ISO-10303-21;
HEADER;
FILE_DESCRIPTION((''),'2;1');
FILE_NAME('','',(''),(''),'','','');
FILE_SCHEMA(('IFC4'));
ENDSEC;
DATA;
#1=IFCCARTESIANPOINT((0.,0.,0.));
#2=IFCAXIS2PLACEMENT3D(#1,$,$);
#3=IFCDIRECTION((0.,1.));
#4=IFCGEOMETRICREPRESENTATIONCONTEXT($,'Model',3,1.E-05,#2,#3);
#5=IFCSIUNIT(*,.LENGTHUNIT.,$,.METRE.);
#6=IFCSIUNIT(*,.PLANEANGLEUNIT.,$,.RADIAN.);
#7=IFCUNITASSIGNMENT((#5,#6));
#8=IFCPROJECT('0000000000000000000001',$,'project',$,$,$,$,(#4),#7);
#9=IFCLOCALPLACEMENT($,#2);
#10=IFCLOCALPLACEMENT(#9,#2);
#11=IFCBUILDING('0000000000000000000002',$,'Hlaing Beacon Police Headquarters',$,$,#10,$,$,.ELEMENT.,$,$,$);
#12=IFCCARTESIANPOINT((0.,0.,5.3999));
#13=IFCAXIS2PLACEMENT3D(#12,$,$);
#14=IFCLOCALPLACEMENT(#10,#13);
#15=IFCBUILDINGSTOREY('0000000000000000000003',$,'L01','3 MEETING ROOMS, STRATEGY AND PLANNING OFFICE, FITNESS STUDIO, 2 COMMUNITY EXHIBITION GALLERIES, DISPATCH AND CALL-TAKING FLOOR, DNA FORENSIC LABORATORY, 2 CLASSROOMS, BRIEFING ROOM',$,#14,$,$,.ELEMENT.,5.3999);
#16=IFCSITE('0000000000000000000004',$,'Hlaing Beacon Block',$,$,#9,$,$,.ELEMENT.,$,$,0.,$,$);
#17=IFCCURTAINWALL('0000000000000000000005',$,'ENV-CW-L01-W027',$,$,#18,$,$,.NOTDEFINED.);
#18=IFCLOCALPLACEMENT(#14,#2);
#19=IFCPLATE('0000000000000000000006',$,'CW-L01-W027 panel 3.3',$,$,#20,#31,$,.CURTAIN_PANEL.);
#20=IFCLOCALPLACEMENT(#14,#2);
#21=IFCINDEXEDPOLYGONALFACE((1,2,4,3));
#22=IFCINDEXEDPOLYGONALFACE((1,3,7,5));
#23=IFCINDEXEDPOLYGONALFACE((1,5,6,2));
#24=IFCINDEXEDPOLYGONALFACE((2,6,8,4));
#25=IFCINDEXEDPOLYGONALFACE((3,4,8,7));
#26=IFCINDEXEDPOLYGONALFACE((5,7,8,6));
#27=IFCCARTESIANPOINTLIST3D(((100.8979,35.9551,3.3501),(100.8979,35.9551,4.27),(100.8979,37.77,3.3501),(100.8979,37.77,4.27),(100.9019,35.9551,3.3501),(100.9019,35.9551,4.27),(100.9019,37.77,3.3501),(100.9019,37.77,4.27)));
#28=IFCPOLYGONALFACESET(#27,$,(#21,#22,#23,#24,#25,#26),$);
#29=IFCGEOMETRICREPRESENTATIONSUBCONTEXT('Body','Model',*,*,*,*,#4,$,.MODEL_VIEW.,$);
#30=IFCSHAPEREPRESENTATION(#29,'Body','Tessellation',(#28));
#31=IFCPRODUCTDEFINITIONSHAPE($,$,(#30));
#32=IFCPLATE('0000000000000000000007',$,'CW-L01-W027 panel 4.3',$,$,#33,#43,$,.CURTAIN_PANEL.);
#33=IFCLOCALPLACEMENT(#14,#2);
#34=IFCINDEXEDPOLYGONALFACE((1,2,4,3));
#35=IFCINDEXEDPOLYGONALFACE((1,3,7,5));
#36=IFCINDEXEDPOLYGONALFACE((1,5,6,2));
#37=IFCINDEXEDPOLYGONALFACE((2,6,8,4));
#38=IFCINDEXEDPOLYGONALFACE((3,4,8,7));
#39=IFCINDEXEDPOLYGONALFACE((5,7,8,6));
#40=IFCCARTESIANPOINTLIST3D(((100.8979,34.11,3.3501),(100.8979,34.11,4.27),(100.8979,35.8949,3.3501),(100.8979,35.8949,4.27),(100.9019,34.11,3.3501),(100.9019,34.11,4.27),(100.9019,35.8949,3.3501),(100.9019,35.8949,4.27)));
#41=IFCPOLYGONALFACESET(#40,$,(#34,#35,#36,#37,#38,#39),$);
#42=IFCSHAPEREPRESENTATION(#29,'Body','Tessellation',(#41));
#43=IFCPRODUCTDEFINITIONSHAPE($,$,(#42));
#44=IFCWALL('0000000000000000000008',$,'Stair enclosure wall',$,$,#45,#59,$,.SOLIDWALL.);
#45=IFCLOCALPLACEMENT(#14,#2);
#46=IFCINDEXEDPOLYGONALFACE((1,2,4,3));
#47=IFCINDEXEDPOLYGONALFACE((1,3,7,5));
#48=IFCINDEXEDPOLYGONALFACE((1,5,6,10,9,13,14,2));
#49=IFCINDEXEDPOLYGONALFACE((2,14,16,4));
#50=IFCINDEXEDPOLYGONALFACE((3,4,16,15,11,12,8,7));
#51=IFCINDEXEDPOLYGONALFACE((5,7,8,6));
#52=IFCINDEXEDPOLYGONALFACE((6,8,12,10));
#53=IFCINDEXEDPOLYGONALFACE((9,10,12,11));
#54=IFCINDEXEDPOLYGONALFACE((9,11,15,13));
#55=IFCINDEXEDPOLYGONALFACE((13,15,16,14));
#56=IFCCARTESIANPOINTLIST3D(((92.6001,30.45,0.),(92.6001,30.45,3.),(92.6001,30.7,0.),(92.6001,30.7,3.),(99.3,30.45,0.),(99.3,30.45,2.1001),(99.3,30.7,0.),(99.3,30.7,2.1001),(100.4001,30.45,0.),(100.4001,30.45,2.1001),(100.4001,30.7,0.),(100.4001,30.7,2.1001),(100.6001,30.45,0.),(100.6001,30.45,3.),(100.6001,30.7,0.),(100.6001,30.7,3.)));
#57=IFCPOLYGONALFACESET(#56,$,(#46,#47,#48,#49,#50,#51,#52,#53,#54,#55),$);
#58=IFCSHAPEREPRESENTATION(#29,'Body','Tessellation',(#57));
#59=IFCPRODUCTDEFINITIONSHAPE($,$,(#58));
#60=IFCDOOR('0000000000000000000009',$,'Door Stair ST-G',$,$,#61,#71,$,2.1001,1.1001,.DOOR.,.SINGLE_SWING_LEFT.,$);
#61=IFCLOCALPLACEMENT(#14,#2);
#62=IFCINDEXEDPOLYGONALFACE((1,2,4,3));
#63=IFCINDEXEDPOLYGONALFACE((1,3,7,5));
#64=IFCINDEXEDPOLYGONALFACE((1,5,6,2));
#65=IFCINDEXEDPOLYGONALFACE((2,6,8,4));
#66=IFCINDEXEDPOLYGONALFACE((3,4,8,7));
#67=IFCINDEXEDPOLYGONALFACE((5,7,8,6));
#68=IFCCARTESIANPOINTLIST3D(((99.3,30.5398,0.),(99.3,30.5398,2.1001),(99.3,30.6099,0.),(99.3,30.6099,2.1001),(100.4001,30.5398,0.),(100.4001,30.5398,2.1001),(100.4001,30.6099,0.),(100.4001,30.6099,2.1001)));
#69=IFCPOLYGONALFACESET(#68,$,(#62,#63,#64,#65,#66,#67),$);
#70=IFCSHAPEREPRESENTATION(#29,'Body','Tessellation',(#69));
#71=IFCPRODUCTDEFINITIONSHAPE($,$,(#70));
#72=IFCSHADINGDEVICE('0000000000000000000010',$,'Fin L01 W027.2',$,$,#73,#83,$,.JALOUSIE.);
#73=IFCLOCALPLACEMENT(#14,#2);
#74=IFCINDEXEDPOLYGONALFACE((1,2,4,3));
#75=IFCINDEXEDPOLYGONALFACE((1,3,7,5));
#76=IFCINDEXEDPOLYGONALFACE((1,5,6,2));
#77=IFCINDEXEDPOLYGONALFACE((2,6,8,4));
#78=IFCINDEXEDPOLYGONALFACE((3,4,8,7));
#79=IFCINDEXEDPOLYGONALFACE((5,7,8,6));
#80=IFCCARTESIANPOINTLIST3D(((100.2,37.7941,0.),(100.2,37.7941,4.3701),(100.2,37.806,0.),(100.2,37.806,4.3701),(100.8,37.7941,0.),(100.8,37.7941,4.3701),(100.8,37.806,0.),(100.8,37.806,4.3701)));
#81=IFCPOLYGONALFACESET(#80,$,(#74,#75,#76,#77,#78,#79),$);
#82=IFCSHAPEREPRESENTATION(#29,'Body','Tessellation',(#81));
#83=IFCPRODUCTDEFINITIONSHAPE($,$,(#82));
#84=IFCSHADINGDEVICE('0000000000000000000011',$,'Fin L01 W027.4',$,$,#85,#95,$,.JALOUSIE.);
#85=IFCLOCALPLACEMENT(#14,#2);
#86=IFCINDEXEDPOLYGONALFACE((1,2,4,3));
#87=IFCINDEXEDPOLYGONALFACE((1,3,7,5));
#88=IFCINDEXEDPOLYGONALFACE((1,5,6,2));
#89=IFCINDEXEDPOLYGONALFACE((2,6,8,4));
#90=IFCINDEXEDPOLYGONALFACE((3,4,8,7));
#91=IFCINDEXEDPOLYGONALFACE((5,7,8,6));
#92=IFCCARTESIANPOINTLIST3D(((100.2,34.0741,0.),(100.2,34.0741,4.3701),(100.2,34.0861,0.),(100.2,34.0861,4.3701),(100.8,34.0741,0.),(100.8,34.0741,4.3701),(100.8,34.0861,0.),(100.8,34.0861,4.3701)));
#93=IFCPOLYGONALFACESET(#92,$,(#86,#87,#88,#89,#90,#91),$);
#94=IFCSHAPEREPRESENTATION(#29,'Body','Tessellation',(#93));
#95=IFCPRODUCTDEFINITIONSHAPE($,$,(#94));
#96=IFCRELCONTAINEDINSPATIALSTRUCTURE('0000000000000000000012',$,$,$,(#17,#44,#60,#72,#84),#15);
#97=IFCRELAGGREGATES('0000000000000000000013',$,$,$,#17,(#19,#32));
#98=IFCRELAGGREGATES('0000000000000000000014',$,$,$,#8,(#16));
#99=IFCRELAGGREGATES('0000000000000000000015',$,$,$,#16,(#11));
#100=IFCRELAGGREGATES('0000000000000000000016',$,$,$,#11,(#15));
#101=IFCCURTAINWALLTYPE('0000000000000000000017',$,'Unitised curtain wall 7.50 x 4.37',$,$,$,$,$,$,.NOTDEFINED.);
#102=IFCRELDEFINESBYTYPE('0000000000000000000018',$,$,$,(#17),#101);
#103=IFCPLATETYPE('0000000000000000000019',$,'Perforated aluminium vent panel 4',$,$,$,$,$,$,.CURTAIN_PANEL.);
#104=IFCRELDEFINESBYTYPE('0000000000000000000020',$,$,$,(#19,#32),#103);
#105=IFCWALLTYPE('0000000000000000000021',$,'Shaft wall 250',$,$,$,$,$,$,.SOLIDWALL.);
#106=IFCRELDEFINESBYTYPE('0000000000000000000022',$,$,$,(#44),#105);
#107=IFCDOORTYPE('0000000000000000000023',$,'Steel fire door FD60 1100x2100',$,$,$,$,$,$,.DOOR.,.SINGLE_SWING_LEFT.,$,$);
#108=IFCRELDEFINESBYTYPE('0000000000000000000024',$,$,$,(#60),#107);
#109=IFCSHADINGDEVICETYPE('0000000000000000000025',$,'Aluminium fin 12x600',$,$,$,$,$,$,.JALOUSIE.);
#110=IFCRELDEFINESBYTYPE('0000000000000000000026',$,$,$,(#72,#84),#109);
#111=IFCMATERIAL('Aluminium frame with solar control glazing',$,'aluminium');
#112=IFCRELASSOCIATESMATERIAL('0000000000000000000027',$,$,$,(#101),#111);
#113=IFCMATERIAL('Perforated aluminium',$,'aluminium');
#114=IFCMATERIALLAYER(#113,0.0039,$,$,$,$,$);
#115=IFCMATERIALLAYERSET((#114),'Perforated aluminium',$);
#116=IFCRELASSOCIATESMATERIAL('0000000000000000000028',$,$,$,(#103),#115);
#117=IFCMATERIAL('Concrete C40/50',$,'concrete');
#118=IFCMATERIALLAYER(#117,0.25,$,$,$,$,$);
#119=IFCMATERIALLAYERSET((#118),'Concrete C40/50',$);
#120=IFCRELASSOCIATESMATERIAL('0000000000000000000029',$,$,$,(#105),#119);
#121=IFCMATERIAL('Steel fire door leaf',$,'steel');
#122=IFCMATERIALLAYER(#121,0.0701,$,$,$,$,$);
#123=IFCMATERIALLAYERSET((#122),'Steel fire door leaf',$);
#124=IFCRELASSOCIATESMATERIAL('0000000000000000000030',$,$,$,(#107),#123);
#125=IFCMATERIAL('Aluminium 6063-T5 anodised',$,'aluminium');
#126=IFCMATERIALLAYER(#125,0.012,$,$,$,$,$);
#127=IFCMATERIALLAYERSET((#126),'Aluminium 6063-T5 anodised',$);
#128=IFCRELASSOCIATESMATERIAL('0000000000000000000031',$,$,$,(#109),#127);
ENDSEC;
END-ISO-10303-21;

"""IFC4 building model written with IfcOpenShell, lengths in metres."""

from ifc_helpers import new_model, si_unit, direction, frame, frame_2d, origin, origin_2d, place, context, subcontext, project, spatial, rectangle, extrude, material, layer, layer_set, type_object, element, fill, aggregate, save


model = new_model("IFC4")

# Units and contexts
model_context = context("Model", 3, precision=1e-05, world=origin(), true_north=direction((0.0, 1.0)))
body_context = subcontext(model_context, "Body", "Model", "MODEL_VIEW")
ifc_project = project(units=[si_unit("LENGTHUNIT", "METRE"), si_unit("PLANEANGLEUNIT", "RADIAN")], contexts=[model_context])

# Site, building, storey
site_placement = place(None, origin())
site = spatial("IfcSite", under=ifc_project, at=site_placement, Name="Hlaing Beacon Block", CompositionType="ELEMENT", RefElevation=0.0)
building_placement = place(site_placement, origin())
building = spatial("IfcBuilding", under=site, at=building_placement, Name="Hlaing Beacon Police Headquarters", CompositionType="ELEMENT")
storey_placement = place(building_placement, frame((0.0, 0.0, 5.3999)))
storey = spatial("IfcBuildingStorey", under=building, at=storey_placement, Name="L01", Description="3 MEETING ROOMS, STRATEGY AND PLANNING OFFICE, FITNESS STUDIO, 2 COMMUNITY EXHIBITION GALLERIES, DISPATCH AND CALL-TAKING FLOOR, DNA FORENSIC LABORATORY, 2 CLASSROOMS, BRIEFING ROOM", CompositionType="ELEMENT", Elevation=5.3999)

# Curtain wall, plates
ifc_material_1 = material(Name="Aluminium frame with solar control glazing", Category="aluminium")
curtain_wall_type = type_object("IfcCurtainWallType", Name="Unitised curtain wall 7.50 x 4.37", PredefinedType="NOTDEFINED", material=ifc_material_1)
curtain_wall_placement = place(storey_placement, origin())
curtain_wall = element("IfcCurtainWall", 1, at=curtain_wall_placement, inside=storey, type_object=curtain_wall_type, Name="ENV-CW-L01-W027", PredefinedType="NOTDEFINED")
ifc_material_2 = material(Name="Perforated aluminium", Category="aluminium")
ifc_layer_1 = layer(ifc_material_2, 0.0039)
ifc_layer_set_1 = layer_set([ifc_layer_1], Name="Perforated aluminium")
plate_type_1 = type_object("IfcPlateType", Name="Perforated aluminium vent panel 4", PredefinedType="CURTAIN_PANEL", material=ifc_layer_set_1)
plate_1_placement = place(storey_placement, frame((100.8999, 36.8625, 3.3501), z_axis=(0.0, 0.0, 1.0), x_axis=(0.0, -1.0, 0.0)))
plate_1 = element("IfcPlate", 2, at=plate_1_placement, type_object=plate_type_1, Name="CW-L01-W027 panel 3.3", PredefinedType="CURTAIN_PANEL", context=body_context, shape_type="SweptSolid", body=[
    extrude(rectangle(XDim=1.8149, YDim=0.0039, at=origin_2d()), origin(), (0.0, 0.0, 1.0), 0.9199),
])
plate_2_placement = place(storey_placement, frame((100.8999, 35.0024, 3.3501), z_axis=(0.0, 0.0, 1.0), x_axis=(0.0, -1.0, 0.0)))
plate_2 = element("IfcPlate", 3, at=plate_2_placement, type_object=plate_type_1, Name="CW-L01-W027 panel 4.3", PredefinedType="CURTAIN_PANEL", context=body_context, shape_type="SweptSolid", body=[
    extrude(rectangle(XDim=1.7849, YDim=0.0039, at=origin_2d()), origin(), (0.0, 0.0, 1.0), 0.9199),
])
aggregate(curtain_wall, [plate_1, plate_2])

# Wall, opening, door
ifc_material_3 = material(Name="Concrete C40/50", Category="concrete")
ifc_layer_2 = layer(ifc_material_3, 0.25)
ifc_layer_set_2 = layer_set([ifc_layer_2], Name="Concrete C40/50")
wall_type = type_object("IfcWallType", Name="Shaft wall 250", PredefinedType="SOLIDWALL", material=ifc_layer_set_2)
wall_placement = place(storey_placement, frame((100.6001, 30.575, 0.0), z_axis=(0.0, 0.0, 1.0), x_axis=(-1.0, 0.0, 0.0)))
wall = element("IfcWall", 4, at=wall_placement, inside=storey, type_object=wall_type, Name="Stair enclosure wall", PredefinedType="SOLIDWALL", context=body_context, shape_type="SweptSolid", body=[
    extrude(rectangle(XDim=8.0, YDim=0.25, at=frame_2d((4.0, 0.0))), origin(), (0.0, 0.0, 1.0), 3.0),
])
opening_placement = place(wall_placement, frame((0.2, 0.0, 0.0)))
opening = element("IfcOpeningElement", 5, at=opening_placement, cuts=wall, PredefinedType="OPENING", context=body_context, shape_type="SweptSolid", body=[
    extrude(rectangle(XDim=1.1001, YDim=2.1001, at=frame_2d((0.55, 1.05))), frame((0.0, 0.135, 0.0), z_axis=(0.0, -1.0, 0.0), x_axis=(1.0, 0.0, 0.0)), (0.0, 0.0, 1.0), 0.27),
])
ifc_material_4 = material(Name="Steel fire door leaf", Category="steel")
ifc_layer_3 = layer(ifc_material_4, 0.0701)
ifc_layer_set_3 = layer_set([ifc_layer_3], Name="Steel fire door leaf")
door_type = type_object("IfcDoorType", Name="Steel fire door FD60 1100x2100", OperationType="SINGLE_SWING_LEFT", PredefinedType="DOOR", material=ifc_layer_set_3)
door_placement = place(opening_placement, frame((1.1001, 0.0, 0.0), z_axis=(0.0, 0.0, 1.0), x_axis=(-1.0, 0.0, 0.0)))
door = element("IfcDoor", 6, at=door_placement, inside=storey, type_object=door_type, Name="Door Stair ST-G", OperationType="SINGLE_SWING_LEFT", OverallHeight=2.1001, OverallWidth=1.1001, PredefinedType="DOOR", context=body_context, shape_type="SweptSolid", body=[
    extrude(rectangle(XDim=1.1001, YDim=2.1001, at=frame_2d((0.55, 1.05))), frame((0.0, 0.0349, 0.0), z_axis=(0.0, -1.0, 0.0), x_axis=(1.0, 0.0, 0.0)), (0.0, 0.0, 1.0), 0.0701),
])
fill(opening, door)

# Shading devices
ifc_material_5 = material(Name="Aluminium 6063-T5 anodised", Category="aluminium")
ifc_layer_4 = layer(ifc_material_5, 0.012)
ifc_layer_set_4 = layer_set([ifc_layer_4], Name="Aluminium 6063-T5 anodised")
shading_device_type = type_object("IfcShadingDeviceType", Name="Aluminium fin 12x600", PredefinedType="JALOUSIE", material=ifc_layer_set_4)
for number, where, z_axis, x_axis, name in (
    (7, (100.5, 37.8, 0.0), (0.0, 0.0, 1.0), (0.0, -1.0, 0.0), "Fin L01 W027.2"),
    (8, (100.5, 34.0801, 0.0), (0.0, 0.0, 1.0), (0.0, -1.0, 0.0), "Fin L01 W027.4"),
):
    element("IfcShadingDevice", number, at=place(storey_placement, frame(where, z_axis=z_axis, x_axis=x_axis)), inside=storey, type_object=shading_device_type, Name=name, PredefinedType="JALOUSIE", context=body_context, shape_type="SweptSolid", body=[
        extrude(rectangle(XDim=0.012, YDim=0.6001, at=origin_2d()), origin(), (0.0, 0.0, 1.0), 4.3701),
    ])

save(model, "model.ifc")
